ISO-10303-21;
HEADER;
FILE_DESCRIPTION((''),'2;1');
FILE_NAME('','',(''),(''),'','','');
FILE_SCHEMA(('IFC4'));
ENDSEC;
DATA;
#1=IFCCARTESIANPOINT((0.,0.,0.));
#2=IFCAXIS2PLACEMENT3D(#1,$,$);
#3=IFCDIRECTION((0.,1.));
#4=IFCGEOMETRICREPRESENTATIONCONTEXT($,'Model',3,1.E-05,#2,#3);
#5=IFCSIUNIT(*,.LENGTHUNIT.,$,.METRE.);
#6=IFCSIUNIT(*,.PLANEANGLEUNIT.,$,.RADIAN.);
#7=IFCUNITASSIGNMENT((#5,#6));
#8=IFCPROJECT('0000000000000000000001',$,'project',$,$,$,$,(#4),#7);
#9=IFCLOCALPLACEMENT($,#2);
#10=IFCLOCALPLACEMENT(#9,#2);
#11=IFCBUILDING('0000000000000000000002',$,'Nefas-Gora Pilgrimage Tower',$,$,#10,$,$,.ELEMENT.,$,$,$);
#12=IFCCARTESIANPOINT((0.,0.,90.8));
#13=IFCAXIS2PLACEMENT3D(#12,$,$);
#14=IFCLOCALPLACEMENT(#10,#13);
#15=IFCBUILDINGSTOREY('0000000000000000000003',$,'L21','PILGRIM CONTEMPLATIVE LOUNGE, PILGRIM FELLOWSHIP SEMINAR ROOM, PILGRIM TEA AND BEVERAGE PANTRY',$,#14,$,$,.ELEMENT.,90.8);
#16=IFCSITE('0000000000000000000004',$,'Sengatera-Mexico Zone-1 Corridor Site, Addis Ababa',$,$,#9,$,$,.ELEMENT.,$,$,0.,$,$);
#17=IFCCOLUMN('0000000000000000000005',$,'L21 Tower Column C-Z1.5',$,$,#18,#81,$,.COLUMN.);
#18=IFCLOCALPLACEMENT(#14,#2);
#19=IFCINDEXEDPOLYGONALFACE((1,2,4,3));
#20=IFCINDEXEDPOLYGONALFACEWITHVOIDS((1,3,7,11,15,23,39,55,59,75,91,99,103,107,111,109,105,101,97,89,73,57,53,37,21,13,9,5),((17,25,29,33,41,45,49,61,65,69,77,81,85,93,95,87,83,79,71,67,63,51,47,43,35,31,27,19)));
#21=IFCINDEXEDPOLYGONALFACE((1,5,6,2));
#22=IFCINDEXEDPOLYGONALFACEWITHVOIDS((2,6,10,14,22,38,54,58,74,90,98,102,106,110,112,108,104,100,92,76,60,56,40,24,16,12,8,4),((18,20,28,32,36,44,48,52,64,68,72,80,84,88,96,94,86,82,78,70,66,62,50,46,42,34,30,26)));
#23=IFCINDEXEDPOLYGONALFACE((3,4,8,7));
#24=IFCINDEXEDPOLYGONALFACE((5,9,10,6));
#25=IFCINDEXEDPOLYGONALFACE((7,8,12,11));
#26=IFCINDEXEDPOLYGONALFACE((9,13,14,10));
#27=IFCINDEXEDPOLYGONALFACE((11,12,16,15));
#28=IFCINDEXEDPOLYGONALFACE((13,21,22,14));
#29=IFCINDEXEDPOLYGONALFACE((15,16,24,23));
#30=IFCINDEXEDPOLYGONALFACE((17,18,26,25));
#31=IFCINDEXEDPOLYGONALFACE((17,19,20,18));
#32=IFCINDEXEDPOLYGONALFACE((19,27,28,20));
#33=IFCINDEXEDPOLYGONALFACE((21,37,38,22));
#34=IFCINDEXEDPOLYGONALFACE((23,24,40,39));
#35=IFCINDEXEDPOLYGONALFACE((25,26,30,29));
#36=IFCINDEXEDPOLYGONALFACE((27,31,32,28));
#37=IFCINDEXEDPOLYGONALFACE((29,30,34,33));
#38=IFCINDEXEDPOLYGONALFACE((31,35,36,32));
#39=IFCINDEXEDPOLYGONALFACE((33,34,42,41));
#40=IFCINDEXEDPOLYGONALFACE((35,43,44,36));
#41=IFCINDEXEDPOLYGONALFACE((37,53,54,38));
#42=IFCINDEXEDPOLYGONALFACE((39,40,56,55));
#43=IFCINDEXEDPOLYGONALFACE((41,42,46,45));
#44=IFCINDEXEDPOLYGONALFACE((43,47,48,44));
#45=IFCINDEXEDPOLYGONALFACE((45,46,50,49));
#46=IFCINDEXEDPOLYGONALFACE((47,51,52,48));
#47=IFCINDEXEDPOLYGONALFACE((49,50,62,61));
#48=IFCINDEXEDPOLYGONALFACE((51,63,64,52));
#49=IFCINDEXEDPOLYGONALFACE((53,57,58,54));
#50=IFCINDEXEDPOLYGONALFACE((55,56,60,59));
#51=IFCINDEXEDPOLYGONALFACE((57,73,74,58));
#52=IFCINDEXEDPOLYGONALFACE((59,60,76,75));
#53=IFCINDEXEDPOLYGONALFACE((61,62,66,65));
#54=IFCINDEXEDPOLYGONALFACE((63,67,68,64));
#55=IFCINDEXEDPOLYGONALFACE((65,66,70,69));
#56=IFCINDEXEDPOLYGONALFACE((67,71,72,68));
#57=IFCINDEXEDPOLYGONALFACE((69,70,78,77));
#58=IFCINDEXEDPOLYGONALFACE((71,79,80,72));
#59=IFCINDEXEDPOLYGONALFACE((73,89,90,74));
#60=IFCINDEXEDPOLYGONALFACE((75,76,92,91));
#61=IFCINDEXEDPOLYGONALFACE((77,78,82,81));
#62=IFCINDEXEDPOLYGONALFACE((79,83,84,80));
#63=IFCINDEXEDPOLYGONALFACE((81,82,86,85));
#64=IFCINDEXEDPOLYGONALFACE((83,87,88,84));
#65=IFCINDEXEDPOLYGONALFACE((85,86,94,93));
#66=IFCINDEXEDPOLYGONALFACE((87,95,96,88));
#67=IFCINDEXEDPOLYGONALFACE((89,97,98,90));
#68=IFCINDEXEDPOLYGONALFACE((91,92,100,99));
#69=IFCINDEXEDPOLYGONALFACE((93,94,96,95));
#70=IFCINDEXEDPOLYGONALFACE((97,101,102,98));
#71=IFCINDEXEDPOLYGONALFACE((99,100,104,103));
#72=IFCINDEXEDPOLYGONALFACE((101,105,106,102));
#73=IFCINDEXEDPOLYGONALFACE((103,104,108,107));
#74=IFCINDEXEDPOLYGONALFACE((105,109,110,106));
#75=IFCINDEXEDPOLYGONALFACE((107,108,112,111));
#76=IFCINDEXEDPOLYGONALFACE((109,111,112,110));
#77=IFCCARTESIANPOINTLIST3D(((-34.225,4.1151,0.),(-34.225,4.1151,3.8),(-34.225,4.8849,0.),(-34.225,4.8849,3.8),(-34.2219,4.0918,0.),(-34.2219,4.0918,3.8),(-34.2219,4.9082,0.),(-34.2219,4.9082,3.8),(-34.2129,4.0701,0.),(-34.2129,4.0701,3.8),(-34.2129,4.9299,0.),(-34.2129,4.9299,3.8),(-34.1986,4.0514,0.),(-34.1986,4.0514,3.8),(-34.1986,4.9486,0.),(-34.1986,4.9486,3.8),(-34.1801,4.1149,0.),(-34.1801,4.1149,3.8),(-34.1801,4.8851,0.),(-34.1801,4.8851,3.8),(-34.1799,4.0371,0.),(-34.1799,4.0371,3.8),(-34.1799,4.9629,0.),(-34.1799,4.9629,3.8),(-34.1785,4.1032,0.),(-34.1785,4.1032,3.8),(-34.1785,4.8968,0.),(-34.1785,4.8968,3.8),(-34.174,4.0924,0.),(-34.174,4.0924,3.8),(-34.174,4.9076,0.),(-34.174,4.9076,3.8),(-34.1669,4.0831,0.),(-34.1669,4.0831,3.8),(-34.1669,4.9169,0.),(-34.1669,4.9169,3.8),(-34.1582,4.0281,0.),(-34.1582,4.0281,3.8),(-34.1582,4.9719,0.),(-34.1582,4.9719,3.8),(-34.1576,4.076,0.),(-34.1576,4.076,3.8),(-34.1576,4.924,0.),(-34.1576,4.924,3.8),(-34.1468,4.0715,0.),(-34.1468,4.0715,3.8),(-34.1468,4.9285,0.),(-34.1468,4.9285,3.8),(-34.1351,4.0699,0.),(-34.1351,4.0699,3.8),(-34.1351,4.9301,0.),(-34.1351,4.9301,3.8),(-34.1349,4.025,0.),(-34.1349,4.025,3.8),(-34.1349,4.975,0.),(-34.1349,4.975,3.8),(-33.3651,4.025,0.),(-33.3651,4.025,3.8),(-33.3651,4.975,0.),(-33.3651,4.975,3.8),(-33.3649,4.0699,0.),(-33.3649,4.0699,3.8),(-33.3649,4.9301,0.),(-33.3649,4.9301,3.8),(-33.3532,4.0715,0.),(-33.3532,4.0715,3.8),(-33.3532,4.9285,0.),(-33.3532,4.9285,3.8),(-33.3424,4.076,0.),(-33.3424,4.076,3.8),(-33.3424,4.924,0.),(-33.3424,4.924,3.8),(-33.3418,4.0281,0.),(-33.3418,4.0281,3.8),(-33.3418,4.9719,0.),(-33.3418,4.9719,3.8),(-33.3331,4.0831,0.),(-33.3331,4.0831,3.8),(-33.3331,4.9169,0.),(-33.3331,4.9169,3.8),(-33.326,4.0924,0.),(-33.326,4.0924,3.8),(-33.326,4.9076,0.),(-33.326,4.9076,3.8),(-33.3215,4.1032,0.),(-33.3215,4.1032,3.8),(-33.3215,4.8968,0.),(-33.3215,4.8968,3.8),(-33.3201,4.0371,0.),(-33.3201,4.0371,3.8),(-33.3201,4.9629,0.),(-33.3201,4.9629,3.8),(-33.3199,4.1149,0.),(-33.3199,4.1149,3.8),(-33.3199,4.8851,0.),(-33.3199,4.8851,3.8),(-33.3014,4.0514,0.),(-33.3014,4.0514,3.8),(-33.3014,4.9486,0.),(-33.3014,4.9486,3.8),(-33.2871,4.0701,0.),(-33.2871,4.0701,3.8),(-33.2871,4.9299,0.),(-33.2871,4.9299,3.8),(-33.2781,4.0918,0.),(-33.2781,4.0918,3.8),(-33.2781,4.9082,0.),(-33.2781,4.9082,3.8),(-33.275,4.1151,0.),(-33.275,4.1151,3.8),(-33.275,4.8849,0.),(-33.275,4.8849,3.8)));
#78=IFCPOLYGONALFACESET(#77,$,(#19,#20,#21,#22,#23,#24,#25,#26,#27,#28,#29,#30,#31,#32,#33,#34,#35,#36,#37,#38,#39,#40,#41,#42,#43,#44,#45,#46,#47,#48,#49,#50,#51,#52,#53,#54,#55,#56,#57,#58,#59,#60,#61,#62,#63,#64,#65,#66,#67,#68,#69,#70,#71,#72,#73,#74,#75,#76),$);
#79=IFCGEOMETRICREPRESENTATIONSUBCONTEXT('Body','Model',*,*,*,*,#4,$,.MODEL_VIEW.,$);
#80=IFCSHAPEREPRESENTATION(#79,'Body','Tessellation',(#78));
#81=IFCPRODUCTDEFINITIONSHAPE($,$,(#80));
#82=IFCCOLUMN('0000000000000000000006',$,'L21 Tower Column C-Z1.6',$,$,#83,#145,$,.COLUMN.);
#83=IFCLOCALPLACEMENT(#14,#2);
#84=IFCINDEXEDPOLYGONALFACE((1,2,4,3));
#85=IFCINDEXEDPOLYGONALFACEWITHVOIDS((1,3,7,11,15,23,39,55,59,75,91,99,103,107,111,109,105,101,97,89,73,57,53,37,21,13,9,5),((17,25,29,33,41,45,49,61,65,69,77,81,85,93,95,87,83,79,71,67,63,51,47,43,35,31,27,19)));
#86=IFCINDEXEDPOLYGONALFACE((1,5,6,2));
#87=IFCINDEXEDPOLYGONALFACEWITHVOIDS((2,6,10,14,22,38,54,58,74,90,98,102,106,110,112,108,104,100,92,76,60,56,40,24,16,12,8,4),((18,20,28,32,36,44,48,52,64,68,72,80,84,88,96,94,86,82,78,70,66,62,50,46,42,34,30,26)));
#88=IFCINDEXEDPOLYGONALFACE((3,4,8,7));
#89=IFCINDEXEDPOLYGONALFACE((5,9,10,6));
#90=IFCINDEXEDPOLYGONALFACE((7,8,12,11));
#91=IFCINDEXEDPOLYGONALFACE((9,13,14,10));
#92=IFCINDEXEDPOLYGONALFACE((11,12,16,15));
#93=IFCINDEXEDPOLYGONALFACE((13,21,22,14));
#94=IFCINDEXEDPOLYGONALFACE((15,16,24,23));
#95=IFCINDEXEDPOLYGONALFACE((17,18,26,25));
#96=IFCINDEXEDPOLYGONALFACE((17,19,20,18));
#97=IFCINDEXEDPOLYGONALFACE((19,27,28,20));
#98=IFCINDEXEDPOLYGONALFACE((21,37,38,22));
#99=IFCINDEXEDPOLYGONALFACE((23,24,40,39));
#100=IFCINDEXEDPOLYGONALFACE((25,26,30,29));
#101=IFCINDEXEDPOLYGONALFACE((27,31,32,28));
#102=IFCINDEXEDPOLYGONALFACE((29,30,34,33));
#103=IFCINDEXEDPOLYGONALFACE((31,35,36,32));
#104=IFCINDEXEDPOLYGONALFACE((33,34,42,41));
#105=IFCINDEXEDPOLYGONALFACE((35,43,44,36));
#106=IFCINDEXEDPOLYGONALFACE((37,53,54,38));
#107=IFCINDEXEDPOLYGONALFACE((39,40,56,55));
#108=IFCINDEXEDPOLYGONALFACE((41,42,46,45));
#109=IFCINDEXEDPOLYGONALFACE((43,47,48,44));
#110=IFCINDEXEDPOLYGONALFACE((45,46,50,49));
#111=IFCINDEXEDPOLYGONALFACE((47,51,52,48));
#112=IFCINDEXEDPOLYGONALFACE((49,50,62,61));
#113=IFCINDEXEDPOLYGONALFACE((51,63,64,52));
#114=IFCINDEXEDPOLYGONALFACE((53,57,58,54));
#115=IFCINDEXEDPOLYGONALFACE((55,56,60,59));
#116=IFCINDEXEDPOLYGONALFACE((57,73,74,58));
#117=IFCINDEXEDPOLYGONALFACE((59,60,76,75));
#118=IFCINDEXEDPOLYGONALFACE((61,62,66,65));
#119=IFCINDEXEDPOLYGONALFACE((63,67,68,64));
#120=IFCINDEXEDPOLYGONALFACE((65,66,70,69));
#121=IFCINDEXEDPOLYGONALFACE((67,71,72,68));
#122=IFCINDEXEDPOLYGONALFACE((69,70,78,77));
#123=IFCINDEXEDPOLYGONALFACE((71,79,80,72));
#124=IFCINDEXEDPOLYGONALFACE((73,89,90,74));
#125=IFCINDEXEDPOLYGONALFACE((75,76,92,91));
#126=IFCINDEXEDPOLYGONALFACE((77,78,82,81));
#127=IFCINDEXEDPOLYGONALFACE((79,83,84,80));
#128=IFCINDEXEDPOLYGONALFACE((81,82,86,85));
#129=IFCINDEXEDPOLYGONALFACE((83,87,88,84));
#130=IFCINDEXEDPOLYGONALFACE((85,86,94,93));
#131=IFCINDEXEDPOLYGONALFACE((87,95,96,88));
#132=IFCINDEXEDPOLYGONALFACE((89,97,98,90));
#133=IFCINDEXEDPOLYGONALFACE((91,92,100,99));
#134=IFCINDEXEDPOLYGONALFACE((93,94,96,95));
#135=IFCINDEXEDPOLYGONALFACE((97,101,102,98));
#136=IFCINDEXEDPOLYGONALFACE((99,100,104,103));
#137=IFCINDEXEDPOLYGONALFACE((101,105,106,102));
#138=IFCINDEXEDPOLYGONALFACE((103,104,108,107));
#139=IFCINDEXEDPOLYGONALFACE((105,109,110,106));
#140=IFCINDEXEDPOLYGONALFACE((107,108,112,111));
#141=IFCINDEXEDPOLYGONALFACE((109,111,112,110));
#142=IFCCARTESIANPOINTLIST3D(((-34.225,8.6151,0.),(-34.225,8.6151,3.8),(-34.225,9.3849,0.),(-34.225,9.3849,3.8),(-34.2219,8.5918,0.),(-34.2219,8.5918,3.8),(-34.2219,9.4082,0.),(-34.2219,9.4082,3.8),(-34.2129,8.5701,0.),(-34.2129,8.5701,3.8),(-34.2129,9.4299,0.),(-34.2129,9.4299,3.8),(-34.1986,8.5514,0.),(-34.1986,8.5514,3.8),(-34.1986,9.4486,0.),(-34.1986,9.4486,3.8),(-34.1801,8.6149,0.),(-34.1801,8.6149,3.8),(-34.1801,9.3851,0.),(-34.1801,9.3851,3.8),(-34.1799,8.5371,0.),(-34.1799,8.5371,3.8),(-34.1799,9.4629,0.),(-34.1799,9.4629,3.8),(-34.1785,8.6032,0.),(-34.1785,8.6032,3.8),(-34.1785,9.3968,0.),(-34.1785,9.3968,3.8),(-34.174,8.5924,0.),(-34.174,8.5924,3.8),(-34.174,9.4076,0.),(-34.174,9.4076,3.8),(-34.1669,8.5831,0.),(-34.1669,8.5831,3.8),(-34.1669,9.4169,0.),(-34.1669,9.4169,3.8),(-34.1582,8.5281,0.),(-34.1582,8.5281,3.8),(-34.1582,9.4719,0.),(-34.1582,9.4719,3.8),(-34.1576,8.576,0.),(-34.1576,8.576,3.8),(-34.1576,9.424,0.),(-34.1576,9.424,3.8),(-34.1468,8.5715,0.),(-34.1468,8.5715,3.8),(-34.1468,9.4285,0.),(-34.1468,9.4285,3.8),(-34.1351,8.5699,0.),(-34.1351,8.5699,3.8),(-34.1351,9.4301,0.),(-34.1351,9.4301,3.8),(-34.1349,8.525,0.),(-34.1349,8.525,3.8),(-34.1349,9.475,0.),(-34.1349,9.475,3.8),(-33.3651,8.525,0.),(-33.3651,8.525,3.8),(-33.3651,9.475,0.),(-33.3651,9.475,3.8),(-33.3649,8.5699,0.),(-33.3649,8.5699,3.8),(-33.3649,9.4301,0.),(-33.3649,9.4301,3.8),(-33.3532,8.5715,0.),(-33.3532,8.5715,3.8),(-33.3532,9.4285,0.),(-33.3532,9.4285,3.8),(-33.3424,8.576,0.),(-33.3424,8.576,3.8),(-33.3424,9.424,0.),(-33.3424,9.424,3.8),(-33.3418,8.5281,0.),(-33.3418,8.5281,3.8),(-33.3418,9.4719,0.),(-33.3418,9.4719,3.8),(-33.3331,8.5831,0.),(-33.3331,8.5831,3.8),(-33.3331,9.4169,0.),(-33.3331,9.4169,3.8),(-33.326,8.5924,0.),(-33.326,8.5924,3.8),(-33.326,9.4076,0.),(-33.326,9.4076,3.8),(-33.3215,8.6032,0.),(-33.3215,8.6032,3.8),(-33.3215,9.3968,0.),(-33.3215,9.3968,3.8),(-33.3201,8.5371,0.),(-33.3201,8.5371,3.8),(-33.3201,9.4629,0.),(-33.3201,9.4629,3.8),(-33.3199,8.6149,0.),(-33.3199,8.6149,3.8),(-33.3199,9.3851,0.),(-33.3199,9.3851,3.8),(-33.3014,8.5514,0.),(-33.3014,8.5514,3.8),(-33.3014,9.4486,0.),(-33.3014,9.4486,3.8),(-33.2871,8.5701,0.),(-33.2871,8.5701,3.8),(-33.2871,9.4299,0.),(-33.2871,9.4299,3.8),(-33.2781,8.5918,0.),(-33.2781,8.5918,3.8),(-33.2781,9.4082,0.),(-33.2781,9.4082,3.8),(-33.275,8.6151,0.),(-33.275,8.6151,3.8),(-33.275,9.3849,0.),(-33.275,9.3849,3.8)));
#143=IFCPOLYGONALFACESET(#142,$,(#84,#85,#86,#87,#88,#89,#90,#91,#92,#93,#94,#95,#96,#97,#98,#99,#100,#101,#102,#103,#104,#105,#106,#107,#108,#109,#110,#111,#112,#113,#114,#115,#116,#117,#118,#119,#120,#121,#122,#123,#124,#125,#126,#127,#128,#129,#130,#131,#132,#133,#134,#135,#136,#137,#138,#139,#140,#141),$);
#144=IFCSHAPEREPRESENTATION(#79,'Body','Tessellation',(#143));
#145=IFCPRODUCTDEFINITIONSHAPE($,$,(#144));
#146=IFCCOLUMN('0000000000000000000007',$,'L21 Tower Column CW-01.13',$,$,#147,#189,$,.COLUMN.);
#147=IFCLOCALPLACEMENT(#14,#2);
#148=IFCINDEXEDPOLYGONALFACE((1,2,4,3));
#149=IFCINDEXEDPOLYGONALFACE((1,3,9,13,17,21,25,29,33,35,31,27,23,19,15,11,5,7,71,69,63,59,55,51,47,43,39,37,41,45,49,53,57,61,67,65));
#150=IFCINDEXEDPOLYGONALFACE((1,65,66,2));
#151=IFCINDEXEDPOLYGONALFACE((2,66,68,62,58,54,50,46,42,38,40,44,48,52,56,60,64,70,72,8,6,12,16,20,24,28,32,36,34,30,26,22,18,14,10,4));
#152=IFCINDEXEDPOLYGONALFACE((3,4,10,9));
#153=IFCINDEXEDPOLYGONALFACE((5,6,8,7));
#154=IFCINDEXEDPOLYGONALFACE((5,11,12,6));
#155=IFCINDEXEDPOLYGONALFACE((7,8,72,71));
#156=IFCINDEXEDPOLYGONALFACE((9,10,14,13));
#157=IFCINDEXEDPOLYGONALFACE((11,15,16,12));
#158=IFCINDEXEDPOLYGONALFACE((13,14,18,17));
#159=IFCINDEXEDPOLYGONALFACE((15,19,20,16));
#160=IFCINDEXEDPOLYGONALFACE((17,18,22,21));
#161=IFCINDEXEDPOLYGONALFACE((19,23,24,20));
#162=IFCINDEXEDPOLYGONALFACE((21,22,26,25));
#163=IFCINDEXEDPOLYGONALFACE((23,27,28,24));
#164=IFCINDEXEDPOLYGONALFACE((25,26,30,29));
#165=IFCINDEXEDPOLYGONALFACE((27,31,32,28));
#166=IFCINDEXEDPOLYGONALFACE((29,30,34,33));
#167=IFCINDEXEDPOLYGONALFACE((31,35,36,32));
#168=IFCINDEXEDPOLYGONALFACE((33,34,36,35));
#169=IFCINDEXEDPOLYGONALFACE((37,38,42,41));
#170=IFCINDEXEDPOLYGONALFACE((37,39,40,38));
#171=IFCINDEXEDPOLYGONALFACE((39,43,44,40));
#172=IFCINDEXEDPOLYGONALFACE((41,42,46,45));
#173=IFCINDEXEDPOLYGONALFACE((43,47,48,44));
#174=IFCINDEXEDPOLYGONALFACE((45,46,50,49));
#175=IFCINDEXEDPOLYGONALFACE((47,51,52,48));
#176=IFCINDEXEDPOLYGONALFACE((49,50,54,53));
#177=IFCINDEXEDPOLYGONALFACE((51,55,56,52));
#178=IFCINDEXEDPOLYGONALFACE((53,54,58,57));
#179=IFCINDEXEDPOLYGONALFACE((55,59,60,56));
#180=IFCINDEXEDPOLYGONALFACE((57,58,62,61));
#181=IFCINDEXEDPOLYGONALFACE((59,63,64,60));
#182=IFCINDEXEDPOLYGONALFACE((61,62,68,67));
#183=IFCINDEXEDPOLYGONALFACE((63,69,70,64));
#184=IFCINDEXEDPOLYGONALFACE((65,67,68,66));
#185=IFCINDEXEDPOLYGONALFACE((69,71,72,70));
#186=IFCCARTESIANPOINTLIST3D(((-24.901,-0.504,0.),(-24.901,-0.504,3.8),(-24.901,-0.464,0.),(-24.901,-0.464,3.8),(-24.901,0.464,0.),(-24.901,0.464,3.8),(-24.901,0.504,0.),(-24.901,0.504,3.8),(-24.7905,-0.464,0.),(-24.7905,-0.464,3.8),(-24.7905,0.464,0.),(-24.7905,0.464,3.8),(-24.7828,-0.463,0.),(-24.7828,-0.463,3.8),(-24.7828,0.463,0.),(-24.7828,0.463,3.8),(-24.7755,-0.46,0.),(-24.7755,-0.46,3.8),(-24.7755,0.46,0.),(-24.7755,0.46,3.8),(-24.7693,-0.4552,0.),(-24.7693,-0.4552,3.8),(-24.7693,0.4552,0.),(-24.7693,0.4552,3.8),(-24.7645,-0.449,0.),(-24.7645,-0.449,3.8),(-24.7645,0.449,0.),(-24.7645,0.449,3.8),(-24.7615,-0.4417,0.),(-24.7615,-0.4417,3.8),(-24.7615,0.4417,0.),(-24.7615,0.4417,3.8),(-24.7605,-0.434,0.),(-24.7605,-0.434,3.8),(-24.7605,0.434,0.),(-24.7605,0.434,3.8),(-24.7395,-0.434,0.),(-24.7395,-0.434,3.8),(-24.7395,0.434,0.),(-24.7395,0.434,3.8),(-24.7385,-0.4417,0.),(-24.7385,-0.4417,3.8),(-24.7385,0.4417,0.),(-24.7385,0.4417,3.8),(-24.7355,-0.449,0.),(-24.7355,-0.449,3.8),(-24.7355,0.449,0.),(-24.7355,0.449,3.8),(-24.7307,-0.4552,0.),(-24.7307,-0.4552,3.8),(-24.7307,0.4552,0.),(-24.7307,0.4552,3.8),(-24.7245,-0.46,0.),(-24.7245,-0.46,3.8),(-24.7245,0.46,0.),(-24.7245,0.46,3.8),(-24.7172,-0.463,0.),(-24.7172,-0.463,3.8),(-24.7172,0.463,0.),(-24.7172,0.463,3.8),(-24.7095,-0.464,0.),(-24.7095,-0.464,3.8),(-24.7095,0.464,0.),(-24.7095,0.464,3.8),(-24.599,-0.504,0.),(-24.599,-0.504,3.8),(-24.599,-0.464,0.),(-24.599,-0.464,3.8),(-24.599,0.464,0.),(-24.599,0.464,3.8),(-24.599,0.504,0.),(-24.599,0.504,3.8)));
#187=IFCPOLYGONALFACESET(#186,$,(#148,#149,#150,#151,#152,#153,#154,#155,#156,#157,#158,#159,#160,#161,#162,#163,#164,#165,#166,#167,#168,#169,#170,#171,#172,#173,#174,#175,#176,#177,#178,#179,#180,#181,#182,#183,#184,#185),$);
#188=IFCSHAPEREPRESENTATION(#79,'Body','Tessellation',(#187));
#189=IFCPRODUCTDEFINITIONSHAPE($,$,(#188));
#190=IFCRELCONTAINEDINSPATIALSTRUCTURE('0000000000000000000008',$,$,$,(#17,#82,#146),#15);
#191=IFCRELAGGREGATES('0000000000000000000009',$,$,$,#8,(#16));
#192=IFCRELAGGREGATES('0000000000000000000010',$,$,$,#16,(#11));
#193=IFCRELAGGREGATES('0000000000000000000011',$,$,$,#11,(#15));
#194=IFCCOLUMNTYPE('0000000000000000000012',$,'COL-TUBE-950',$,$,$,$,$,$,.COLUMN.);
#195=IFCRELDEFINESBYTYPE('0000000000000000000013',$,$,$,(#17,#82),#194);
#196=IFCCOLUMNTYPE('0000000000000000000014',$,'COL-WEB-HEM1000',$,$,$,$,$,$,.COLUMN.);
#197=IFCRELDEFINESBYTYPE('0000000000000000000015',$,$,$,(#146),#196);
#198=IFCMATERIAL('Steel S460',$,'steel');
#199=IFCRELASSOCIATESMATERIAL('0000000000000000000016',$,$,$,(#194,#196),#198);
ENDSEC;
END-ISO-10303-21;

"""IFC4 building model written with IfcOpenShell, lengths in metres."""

from ifc_helpers import new_model, si_unit, direction, frame, origin, origin_2d, place, context, subcontext, project, spatial, hollow_rectangle, i_section, extrude, source, transform, mapped, material, material_profile, profile_set, type_object, element, save


model = new_model("IFC4")

# Units and contexts
model_context = context("Model", 3, precision=1e-05, world=origin(), true_north=direction((0.0, 1.0)))
body_context = subcontext(model_context, "Body", "Model", "MODEL_VIEW")
ifc_project = project(units=[si_unit("LENGTHUNIT", "METRE"), si_unit("PLANEANGLEUNIT", "RADIAN")], contexts=[model_context])

# Site, building, storey
site_placement = place(None, origin())
site = spatial("IfcSite", under=ifc_project, at=site_placement, Name="Sengatera-Mexico Zone-1 Corridor Site, Addis Ababa", CompositionType="ELEMENT", RefElevation=0.0)
building_placement = place(site_placement, origin())
building = spatial("IfcBuilding", under=site, at=building_placement, Name="Nefas-Gora Pilgrimage Tower", CompositionType="ELEMENT")
storey_placement = place(building_placement, frame((0.0, 0.0, 90.8)))
storey = spatial("IfcBuildingStorey", under=building, at=storey_placement, Name="L21", Description="PILGRIM CONTEMPLATIVE LOUNGE, PILGRIM FELLOWSHIP SEMINAR ROOM, PILGRIM TEA AND BEVERAGE PANTRY", CompositionType="ELEMENT", Elevation=90.8)

# Columns
ifc_material_1 = material(Name="Steel S460", Category="steel")
ifc_material_profile_1 = material_profile(ifc_material_1, hollow_rectangle(XDim=0.95, YDim=0.95, WallThickness=0.0449, InnerFilletRadius=0.0449, OuterFilletRadius=0.0901, at=origin_2d()), Name="BOX 950x950x45")
ifc_profile_set_1 = profile_set([ifc_material_profile_1], Name="Steel S460")
column_type_1 = type_object("IfcColumnType", Name="COL-TUBE-950", PredefinedType="COLUMN", material=ifc_profile_set_1)
shared_shape_1 = source(origin(), body_context, "Body", "SweptSolid", [
    extrude(hollow_rectangle(XDim=0.95, YDim=0.95, WallThickness=0.0449, InnerFilletRadius=0.0449, OuterFilletRadius=0.0901, at=origin_2d()), origin(), (0.0, 0.0, 1.0), 3.8),
])
for number, where, z_axis, x_axis, name in (
    (1, (-33.75, 4.5, 0.0), (0.0, 0.0, 1.0), (1.0, 0.0, 0.0), "L21 Tower Column C-Z1.5"),
    (2, (-33.75, 9.0, 0.0), (0.0, 0.0, 1.0), (1.0, 0.0, 0.0), "L21 Tower Column C-Z1.6"),
):
    element("IfcColumn", number, at=place(storey_placement, frame(where, z_axis=z_axis, x_axis=x_axis)), inside=storey, type_object=column_type_1, Name=name, PredefinedType="COLUMN", context=body_context, shape_type="MappedRepresentation", body=[
        mapped(shared_shape_1, transform((0.0, 0.0, 0.0), x_axis=(1.0, 0.0, 0.0), y_axis=(0.0, 1.0, 0.0), z_axis=(0.0, 0.0, 1.0), scale=1.0)),
    ])
ifc_material_profile_2 = material_profile(ifc_material_1, i_section(OverallWidth=0.302, OverallDepth=1.0081, WebThickness=0.021, FlangeThickness=0.04, FilletRadius=0.03, at=origin_2d()), Name="HEM 1000")
ifc_profile_set_2 = profile_set([ifc_material_profile_2], Name="Steel S460")
column_type_2 = type_object("IfcColumnType", Name="COL-WEB-HEM1000", PredefinedType="COLUMN", material=ifc_profile_set_2)
shared_shape_2 = source(origin(), body_context, "Body", "SweptSolid", [
    extrude(i_section(OverallWidth=0.302, OverallDepth=1.0081, WebThickness=0.021, FlangeThickness=0.04, FilletRadius=0.03, at=origin_2d()), origin(), (0.0, 0.0, 1.0), 3.8),
])
for number, where, z_axis, x_axis, name in (
    (3, (-24.75, 0.0, 0.0), (0.0, 0.0, 1.0), (1.0, 0.0, 0.0), "L21 Tower Column CW-01.13"),
):
    element("IfcColumn", number, at=place(storey_placement, frame(where, z_axis=z_axis, x_axis=x_axis)), inside=storey, type_object=column_type_2, Name=name, PredefinedType="COLUMN", context=body_context, shape_type="MappedRepresentation", body=[
        mapped(shared_shape_2, transform((0.0, 0.0, 0.0), x_axis=(1.0, 0.0, 0.0), y_axis=(0.0, 1.0, 0.0), z_axis=(0.0, 0.0, 1.0), scale=1.0)),
    ])

save(model, "model.ifc")
